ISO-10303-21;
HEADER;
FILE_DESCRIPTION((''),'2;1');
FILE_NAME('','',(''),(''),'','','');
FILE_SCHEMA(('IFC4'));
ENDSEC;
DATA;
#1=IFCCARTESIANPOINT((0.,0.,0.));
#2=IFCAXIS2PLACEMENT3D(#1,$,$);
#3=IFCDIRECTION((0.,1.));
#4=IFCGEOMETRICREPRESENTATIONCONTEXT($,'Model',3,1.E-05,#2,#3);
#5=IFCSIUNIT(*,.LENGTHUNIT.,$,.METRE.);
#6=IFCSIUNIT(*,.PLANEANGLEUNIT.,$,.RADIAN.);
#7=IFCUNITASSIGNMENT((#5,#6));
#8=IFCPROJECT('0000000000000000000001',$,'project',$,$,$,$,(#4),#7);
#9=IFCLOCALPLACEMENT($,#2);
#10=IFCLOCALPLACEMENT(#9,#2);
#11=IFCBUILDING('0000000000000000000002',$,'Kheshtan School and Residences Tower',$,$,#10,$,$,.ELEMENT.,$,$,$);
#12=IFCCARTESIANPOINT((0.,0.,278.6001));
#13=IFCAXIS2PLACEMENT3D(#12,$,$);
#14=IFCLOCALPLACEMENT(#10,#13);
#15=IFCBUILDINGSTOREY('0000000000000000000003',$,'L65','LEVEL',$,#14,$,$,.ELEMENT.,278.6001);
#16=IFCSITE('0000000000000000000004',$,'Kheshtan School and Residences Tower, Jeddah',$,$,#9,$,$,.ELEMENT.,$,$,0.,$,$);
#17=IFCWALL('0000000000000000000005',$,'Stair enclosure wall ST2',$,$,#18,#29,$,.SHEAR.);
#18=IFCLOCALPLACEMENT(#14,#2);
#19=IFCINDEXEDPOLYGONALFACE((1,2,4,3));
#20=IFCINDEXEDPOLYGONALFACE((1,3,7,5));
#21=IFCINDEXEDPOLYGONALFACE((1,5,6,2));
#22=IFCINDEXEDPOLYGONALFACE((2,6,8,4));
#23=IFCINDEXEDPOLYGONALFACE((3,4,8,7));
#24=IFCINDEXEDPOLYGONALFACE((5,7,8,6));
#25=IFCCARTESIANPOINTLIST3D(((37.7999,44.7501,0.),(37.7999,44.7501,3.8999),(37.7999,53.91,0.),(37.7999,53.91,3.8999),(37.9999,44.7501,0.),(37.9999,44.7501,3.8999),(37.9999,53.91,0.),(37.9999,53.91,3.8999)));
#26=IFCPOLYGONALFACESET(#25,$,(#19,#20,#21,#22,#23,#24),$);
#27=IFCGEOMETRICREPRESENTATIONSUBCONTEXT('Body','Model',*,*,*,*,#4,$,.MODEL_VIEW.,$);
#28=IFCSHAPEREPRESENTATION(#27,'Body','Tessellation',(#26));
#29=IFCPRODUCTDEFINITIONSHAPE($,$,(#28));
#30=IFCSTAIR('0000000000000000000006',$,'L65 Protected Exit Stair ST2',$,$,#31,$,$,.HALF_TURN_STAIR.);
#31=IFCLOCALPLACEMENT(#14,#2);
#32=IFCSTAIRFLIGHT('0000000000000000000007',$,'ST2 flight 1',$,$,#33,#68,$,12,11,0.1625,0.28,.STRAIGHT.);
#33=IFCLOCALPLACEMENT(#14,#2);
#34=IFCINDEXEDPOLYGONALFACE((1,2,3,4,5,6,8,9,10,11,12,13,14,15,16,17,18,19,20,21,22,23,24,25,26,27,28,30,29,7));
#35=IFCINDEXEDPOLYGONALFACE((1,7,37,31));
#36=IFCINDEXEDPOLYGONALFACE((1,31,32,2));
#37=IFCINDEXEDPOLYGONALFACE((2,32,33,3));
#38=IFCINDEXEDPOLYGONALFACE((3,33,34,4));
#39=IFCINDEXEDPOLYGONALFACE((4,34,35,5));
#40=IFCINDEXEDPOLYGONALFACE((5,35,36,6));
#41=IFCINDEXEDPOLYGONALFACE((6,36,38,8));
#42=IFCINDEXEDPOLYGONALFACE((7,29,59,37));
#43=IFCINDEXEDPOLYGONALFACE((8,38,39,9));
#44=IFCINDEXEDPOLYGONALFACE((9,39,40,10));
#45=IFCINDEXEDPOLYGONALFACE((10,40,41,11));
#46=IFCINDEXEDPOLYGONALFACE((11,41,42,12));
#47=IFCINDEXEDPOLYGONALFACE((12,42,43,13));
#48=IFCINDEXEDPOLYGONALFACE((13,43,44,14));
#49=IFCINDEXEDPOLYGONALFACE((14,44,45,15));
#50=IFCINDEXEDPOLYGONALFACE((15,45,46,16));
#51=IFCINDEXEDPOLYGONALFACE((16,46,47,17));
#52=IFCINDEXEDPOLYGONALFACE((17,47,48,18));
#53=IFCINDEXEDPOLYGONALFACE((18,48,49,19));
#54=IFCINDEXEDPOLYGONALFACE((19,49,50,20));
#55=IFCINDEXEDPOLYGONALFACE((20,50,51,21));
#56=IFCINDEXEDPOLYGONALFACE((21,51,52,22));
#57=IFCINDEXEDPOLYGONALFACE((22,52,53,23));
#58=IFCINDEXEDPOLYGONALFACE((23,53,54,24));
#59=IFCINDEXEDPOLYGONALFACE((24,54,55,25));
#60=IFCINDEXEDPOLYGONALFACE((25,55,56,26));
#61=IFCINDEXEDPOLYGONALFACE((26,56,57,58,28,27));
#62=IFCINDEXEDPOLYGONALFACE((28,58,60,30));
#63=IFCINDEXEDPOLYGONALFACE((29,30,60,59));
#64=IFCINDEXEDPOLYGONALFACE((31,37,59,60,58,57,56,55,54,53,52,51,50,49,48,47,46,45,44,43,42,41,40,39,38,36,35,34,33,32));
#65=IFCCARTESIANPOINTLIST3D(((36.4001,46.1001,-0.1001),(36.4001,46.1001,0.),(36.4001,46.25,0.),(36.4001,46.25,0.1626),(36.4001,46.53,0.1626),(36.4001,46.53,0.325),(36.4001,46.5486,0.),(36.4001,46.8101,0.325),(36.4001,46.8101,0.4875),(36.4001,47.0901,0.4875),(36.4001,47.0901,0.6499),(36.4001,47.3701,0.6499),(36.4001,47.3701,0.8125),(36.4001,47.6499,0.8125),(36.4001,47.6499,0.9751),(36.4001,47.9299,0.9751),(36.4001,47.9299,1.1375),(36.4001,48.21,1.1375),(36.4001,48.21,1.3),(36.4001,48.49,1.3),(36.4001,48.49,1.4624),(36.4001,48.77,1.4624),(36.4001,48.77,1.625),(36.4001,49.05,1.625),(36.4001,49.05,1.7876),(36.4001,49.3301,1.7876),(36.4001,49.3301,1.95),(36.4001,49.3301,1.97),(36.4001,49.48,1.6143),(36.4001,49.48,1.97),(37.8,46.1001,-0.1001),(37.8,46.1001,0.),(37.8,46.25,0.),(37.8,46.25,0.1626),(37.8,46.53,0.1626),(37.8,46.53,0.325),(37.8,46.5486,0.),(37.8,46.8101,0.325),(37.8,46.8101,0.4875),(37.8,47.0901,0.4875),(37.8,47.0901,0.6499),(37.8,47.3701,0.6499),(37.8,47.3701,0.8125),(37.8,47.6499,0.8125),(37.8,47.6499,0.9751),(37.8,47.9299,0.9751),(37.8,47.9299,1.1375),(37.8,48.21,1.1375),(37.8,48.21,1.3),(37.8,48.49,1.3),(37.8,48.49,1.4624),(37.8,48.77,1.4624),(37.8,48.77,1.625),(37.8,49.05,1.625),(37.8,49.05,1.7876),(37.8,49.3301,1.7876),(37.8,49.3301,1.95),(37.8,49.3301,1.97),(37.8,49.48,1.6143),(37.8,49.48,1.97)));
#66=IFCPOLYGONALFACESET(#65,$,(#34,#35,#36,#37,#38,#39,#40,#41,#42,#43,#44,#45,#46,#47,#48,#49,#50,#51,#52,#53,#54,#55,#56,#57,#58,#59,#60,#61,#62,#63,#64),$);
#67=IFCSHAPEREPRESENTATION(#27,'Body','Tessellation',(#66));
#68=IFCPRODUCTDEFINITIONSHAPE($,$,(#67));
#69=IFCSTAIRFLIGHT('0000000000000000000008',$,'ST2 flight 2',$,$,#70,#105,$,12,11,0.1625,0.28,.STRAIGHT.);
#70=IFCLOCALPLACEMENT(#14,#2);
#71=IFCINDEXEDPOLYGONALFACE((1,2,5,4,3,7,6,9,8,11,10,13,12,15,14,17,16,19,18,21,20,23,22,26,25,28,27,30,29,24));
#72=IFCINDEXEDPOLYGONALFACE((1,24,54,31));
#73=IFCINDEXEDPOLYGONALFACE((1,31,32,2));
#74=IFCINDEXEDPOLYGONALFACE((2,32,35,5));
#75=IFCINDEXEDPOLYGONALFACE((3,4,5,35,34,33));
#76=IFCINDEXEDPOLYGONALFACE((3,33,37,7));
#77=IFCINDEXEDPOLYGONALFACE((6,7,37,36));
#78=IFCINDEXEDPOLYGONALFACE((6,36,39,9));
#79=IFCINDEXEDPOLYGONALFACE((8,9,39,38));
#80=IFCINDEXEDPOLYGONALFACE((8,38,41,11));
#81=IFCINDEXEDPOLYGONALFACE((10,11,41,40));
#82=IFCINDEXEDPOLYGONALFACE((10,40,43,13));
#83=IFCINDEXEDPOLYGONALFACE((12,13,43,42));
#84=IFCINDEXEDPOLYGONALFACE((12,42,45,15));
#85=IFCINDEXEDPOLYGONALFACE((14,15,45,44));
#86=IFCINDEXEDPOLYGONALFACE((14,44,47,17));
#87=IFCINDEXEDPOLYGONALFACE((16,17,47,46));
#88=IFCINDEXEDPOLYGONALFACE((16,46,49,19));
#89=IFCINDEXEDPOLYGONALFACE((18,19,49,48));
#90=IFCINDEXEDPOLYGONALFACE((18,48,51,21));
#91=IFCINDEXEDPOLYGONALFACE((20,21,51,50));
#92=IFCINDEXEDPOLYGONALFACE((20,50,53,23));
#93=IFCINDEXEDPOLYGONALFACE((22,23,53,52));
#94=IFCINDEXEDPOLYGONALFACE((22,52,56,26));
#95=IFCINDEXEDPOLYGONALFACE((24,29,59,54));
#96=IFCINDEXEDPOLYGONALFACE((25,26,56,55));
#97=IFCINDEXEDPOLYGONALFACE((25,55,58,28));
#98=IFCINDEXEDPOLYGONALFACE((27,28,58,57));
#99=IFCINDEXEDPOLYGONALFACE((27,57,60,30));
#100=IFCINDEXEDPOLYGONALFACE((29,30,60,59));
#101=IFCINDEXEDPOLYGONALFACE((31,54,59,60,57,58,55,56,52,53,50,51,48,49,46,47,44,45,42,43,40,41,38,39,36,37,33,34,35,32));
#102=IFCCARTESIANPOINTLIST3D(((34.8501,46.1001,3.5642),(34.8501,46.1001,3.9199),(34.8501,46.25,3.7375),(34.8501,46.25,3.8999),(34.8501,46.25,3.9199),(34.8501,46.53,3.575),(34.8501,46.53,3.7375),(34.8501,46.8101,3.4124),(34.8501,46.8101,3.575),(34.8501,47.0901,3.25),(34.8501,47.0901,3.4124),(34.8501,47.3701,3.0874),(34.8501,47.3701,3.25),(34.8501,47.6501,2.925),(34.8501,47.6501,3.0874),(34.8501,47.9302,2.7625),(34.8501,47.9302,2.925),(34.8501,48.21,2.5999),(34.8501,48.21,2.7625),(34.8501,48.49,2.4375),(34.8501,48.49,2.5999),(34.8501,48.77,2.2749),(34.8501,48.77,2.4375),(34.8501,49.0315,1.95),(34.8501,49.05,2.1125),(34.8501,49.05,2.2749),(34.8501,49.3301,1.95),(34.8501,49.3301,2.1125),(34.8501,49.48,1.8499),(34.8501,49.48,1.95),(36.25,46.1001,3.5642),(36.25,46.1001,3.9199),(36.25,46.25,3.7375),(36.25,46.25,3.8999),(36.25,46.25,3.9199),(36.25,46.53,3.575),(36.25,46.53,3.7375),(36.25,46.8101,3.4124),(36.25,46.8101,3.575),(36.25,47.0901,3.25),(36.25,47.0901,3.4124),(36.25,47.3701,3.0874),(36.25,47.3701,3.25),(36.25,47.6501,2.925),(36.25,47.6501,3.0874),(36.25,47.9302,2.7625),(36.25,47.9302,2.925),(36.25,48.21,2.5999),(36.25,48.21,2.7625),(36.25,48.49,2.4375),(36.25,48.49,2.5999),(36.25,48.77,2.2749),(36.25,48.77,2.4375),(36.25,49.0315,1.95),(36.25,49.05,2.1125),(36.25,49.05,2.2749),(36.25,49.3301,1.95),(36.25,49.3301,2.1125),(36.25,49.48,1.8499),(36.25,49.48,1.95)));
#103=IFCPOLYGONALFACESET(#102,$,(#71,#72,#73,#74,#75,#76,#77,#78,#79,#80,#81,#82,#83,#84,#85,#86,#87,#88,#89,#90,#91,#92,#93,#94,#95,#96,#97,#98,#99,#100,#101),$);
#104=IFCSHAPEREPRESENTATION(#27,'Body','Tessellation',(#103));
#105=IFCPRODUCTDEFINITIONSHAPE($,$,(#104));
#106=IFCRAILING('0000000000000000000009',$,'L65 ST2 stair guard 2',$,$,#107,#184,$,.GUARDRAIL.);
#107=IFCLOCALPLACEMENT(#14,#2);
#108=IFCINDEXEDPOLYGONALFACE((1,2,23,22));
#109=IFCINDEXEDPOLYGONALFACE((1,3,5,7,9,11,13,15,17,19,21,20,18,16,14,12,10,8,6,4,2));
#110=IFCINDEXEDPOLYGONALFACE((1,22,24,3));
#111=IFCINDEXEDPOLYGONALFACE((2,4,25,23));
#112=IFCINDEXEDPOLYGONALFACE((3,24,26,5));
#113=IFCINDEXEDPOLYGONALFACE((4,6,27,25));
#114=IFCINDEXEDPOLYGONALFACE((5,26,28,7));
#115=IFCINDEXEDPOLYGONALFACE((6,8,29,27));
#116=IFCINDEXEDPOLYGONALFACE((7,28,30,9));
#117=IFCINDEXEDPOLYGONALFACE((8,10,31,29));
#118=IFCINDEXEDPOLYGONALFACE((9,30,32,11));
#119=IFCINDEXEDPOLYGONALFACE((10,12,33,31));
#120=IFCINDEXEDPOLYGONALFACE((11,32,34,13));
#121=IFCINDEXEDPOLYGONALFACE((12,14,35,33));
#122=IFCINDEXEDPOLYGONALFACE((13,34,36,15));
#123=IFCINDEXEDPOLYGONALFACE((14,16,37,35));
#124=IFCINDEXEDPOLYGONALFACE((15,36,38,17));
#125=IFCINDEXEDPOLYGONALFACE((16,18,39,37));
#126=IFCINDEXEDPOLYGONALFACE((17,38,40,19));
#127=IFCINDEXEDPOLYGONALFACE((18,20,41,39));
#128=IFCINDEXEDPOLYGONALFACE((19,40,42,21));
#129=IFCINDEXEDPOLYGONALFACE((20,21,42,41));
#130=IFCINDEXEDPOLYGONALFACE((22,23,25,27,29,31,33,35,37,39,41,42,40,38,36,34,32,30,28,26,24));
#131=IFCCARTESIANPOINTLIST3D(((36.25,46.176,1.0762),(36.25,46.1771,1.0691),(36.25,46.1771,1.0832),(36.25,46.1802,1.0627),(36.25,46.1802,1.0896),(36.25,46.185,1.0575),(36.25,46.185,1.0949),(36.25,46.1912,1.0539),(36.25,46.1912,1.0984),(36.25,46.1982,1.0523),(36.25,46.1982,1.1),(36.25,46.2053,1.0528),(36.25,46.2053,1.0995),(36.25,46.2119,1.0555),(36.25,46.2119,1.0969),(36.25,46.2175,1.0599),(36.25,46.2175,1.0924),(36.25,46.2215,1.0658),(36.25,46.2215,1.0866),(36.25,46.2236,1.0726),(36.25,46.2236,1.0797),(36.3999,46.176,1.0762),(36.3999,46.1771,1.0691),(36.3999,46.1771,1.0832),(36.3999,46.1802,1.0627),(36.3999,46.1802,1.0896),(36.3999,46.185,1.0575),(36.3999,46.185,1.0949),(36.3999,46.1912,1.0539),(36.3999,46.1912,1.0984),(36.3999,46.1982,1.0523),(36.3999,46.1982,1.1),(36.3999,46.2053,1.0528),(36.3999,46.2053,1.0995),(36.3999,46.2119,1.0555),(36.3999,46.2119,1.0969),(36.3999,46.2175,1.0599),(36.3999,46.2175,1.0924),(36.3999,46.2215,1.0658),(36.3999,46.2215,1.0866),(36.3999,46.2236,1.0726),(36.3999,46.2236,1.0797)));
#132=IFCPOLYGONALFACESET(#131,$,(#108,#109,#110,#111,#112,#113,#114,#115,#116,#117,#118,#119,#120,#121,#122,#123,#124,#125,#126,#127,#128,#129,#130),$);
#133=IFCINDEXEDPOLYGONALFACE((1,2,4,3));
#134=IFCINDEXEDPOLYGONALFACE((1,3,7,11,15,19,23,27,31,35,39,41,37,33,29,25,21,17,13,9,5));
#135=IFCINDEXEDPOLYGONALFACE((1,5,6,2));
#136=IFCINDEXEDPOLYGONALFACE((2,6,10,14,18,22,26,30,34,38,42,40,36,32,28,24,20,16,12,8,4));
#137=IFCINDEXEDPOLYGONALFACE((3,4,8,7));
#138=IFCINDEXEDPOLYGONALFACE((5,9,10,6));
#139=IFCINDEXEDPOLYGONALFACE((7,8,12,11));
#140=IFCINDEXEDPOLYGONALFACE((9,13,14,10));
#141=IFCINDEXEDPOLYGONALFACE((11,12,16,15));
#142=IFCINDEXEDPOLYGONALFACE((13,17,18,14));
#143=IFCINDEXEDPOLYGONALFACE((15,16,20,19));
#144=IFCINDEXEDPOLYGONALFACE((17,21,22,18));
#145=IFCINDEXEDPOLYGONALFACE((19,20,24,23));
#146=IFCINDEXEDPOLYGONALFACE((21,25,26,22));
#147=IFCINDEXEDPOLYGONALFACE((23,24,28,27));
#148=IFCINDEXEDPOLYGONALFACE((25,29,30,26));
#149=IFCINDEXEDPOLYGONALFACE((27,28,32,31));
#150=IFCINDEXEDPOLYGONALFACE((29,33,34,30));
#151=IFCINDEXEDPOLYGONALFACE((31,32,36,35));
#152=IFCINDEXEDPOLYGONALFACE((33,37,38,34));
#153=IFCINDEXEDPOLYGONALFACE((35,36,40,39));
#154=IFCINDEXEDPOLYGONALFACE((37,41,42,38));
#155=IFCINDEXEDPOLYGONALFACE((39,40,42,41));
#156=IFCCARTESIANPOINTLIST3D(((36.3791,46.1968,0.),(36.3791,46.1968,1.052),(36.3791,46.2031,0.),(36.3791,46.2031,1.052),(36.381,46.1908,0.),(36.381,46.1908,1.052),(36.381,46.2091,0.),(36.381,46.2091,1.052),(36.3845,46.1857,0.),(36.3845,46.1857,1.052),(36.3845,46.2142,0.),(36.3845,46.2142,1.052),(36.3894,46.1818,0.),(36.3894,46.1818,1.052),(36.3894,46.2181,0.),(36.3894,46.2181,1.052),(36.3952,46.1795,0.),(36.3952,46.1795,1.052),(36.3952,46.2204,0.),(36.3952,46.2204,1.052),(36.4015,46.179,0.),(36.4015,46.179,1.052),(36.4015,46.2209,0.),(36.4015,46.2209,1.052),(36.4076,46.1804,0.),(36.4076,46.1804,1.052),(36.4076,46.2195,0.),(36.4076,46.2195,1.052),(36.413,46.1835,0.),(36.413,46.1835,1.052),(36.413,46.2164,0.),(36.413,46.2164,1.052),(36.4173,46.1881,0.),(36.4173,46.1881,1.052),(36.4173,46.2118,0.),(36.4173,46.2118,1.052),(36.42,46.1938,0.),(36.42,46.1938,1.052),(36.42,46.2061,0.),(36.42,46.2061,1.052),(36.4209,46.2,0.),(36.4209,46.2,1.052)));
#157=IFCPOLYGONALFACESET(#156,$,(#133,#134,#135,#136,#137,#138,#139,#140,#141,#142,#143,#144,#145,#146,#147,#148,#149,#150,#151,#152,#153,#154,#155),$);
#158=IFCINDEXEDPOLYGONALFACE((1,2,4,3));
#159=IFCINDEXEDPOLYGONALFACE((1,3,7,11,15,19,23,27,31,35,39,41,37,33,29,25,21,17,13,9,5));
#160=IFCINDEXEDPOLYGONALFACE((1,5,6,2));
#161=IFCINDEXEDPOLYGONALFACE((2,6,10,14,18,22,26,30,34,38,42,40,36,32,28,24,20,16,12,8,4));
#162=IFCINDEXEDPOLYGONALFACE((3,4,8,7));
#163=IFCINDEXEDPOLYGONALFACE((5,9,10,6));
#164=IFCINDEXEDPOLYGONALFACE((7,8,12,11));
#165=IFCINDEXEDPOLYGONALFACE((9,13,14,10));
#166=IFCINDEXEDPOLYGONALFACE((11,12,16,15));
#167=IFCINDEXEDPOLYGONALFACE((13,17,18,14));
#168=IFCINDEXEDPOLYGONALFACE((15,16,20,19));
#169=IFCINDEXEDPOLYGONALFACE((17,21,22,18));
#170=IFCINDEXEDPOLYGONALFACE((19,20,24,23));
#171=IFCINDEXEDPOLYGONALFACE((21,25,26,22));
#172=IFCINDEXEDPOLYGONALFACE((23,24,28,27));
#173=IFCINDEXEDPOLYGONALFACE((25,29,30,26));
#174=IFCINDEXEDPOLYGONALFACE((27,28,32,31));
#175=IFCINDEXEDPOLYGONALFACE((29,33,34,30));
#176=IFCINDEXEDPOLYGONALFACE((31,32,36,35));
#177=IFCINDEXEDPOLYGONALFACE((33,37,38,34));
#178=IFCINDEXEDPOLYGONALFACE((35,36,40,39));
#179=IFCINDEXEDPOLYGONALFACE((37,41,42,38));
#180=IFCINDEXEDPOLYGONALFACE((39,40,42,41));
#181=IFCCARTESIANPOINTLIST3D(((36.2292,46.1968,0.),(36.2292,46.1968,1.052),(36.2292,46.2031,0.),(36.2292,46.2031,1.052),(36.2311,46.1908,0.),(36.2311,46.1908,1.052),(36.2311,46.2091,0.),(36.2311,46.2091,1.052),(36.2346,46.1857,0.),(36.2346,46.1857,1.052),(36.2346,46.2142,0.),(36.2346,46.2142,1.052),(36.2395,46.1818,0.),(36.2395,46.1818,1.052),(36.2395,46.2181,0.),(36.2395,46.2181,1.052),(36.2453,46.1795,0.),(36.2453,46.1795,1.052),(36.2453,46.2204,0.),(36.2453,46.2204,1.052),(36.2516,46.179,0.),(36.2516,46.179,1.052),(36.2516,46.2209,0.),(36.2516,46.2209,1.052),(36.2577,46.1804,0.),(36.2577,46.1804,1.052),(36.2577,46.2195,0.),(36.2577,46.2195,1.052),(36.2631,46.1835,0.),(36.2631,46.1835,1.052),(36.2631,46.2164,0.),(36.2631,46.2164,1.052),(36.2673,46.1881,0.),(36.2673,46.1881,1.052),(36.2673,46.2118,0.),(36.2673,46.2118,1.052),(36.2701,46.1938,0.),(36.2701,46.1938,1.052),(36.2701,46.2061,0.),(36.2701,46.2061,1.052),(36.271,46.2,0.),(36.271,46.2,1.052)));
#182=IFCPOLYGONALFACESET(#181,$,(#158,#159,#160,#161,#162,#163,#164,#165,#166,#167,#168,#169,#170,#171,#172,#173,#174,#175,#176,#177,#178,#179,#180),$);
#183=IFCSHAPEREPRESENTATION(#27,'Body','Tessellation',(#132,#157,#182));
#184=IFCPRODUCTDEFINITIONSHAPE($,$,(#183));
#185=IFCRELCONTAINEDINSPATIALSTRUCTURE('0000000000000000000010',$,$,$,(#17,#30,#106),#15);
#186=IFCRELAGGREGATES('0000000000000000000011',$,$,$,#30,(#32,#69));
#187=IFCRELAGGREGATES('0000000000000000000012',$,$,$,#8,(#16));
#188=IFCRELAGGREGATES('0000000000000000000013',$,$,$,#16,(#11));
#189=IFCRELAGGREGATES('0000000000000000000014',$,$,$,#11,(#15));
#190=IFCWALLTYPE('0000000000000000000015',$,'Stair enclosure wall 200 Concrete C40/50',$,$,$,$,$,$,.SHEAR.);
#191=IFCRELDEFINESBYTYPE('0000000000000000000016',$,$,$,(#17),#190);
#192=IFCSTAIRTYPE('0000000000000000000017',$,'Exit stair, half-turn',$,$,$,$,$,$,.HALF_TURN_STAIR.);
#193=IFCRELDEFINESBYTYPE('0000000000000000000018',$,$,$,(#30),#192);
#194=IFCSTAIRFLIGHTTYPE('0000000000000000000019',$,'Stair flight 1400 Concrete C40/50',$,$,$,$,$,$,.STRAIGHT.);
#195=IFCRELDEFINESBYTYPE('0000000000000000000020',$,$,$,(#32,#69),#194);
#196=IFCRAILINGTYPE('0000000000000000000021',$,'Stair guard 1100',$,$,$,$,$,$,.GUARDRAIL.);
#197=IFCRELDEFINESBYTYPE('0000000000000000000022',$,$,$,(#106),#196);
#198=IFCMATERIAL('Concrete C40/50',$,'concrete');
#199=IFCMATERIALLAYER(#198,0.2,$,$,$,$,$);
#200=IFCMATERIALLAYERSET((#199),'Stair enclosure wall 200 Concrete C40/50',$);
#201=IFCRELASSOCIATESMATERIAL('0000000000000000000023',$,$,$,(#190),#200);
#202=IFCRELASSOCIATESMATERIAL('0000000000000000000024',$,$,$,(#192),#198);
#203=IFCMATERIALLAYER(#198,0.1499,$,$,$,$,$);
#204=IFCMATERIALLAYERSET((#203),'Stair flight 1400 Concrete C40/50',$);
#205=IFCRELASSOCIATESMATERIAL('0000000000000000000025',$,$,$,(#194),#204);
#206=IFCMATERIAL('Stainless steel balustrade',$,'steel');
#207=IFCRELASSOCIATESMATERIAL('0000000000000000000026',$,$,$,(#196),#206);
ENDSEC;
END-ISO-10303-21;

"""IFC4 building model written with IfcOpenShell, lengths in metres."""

from ifc_helpers import new_model, si_unit, direction, frame, frame_2d, origin, origin_2d, place, context, subcontext, project, spatial, polyline, rectangle, circle, outline, extrude, material, layer, layer_set, type_object, element, aggregate, save


model = new_model("IFC4")

# Units and contexts
model_context = context("Model", 3, precision=1e-05, world=origin(), true_north=direction((0.0, 1.0)))
body_context = subcontext(model_context, "Body", "Model", "MODEL_VIEW")
ifc_project = project(units=[si_unit("LENGTHUNIT", "METRE"), si_unit("PLANEANGLEUNIT", "RADIAN")], contexts=[model_context])

# Site, building, storey
site_placement = place(None, origin())
site = spatial("IfcSite", under=ifc_project, at=site_placement, Name="Kheshtan School and Residences Tower, Jeddah", CompositionType="ELEMENT", RefElevation=0.0)
building_placement = place(site_placement, origin())
building = spatial("IfcBuilding", under=site, at=building_placement, Name="Kheshtan School and Residences Tower", CompositionType="ELEMENT")
storey_placement = place(building_placement, frame((0.0, 0.0, 278.6001)))
storey = spatial("IfcBuildingStorey", under=building, at=storey_placement, Name="L65", Description="LEVEL", CompositionType="ELEMENT", Elevation=278.6001)

# Wall
ifc_material_1 = material(Name="Concrete C40/50", Category="concrete")
ifc_layer_1 = layer(ifc_material_1, 0.2)
ifc_layer_set_1 = layer_set([ifc_layer_1], Name="Stair enclosure wall 200 Concrete C40/50")
wall_type_1 = type_object("IfcWallType", Name="Stair enclosure wall 200 Concrete C40/50", PredefinedType="SHEAR", material=ifc_layer_set_1)
wall_1_placement = place(storey_placement, frame((37.8999, 44.75, 0.0), z_axis=(0.0, 0.0, 1.0), x_axis=(0.0, 1.0, 0.0)))
element("IfcWall", 1, at=wall_1_placement, inside=storey, type_object=wall_type_1, Name="Stair enclosure wall ST2", PredefinedType="SHEAR", context=body_context, shape_type="SweptSolid", body=[
    extrude(rectangle(XDim=9.1599, YDim=0.2, at=frame_2d((4.5801, 0.0))), origin(), (0.0, 0.0, 1.0), 3.8999),
])

# Stair, stair flights
stair_type = type_object("IfcStairType", Name="Exit stair, half-turn", PredefinedType="HALF_TURN_STAIR", material=ifc_material_1)
stair_placement = place(storey_placement, origin())
stair = element("IfcStair", 2, at=stair_placement, inside=storey, type_object=stair_type, Name="L65 Protected Exit Stair ST2", PredefinedType="HALF_TURN_STAIR")
ifc_layer_2 = layer(ifc_material_1, 0.1499)
ifc_layer_set_2 = layer_set([ifc_layer_2], Name="Stair flight 1400 Concrete C40/50")
stair_flight_type = type_object("IfcStairFlightType", Name="Stair flight 1400 Concrete C40/50", PredefinedType="STRAIGHT", material=ifc_layer_set_2)
stair_flight_1_placement = place(storey_placement, frame((37.1001, 46.25, 0.0), z_axis=(0.0, 0.0, 1.0), x_axis=(0.0, 1.0, 0.0)))
stair_flight_1 = element("IfcStairFlight", 3, at=stair_flight_1_placement, type_object=stair_flight_type, Name="ST2 flight 1", NumberOfRisers=12, NumberOfTreads=11, PredefinedType="STRAIGHT", RiserHeight=0.1625, TreadLength=0.28, context=body_context, shape_type="SweptSolid", body=[
    extrude(outline(polyline([(-0.1499, -0.1001), (-0.1499, 0.0), (0.0, 0.0), (0.0, 0.1626), (0.28, 0.1626), (0.28, 0.325), (0.5601, 0.325), (0.5601, 0.4875), (0.8401, 0.4875), (0.8401, 0.6499), (1.1201, 0.6499), (1.1201, 0.8125), (1.3999, 0.8125), (1.3999, 0.9751), (1.6799, 0.9751), (1.6799, 1.1375), (1.96, 1.1375), (1.96, 1.3), (2.24, 1.3), (2.24, 1.4624), (2.52, 1.4624), (2.52, 1.625), (2.8, 1.625), (2.8, 1.7876), (3.0801, 1.7876), (3.0801, 1.95), (3.0801, 1.97), (3.23, 1.97), (3.23, 1.6143), (0.2986, 0.0), (-0.1499, -0.1001)])), frame((0.0, 0.7, 0.0), z_axis=(0.0, -1.0, 0.0), x_axis=(1.0, 0.0, 0.0)), (0.0, 0.0, 1.0), 1.3999),
])
stair_flight_2_placement = place(storey_placement, frame((35.55, 49.3301, 1.95), z_axis=(0.0, 0.0, 1.0), x_axis=(0.0, -1.0, 0.0)))
stair_flight_2 = element("IfcStairFlight", 4, at=stair_flight_2_placement, type_object=stair_flight_type, Name="ST2 flight 2", NumberOfRisers=12, NumberOfTreads=11, PredefinedType="STRAIGHT", RiserHeight=0.1625, TreadLength=0.28, context=body_context, shape_type="SweptSolid", body=[
    extrude(outline(polyline([(-0.1499, -0.1001), (-0.1499, 0.0), (0.0, 0.0), (0.0, 0.1626), (0.28, 0.1626), (0.28, 0.325), (0.5601, 0.325), (0.5601, 0.4875), (0.8401, 0.4875), (0.8401, 0.6499), (1.1201, 0.6499), (1.1201, 0.8125), (1.3999, 0.8125), (1.3999, 0.9751), (1.6799, 0.9751), (1.6799, 1.1375), (1.96, 1.1375), (1.96, 1.3), (2.24, 1.3), (2.24, 1.4624), (2.52, 1.4624), (2.52, 1.625), (2.8, 1.625), (2.8, 1.7876), (3.0801, 1.7876), (3.0801, 1.95), (3.0801, 1.97), (3.23, 1.97), (3.23, 1.6143), (0.2986, 0.0), (-0.1499, -0.1001)])), frame((0.0, 0.7, 0.0), z_axis=(0.0, -1.0, 0.0), x_axis=(1.0, 0.0, 0.0)), (0.0, 0.0, 1.0), 1.3999),
])
aggregate(stair, [stair_flight_1, stair_flight_2])

# Railing
ifc_material_2 = material(Name="Stainless steel balustrade", Category="steel")
railing_type_1 = type_object("IfcRailingType", Name="Stair guard 1100", PredefinedType="GUARDRAIL", material=ifc_material_2)
railing_1_placement = place(storey_placement, frame((36.3999, 46.2, 0.0)))
element("IfcRailing", 5, at=railing_1_placement, inside=storey, type_object=railing_type_1, Name="L65 ST2 stair guard 2", PredefinedType="GUARDRAIL", context=body_context, shape_type="SweptSolid", body=[
    extrude(circle(Radius=0.0239, at=origin_2d()), frame((0.0, 0.0, 1.0762), z_axis=(-1.0, 0.0, 0.0), x_axis=(0.0, -1.0, 0.0)), (0.0, 0.0, 1.0), 0.1499),
    extrude(circle(Radius=0.021, at=origin_2d()), origin(), (0.0, 0.0, 1.0), 1.052),
    extrude(circle(Radius=0.021, at=origin_2d()), frame((-0.1499, 0.0, 0.0)), (0.0, 0.0, 1.0), 1.052),
])

save(model, "model.ifc")
